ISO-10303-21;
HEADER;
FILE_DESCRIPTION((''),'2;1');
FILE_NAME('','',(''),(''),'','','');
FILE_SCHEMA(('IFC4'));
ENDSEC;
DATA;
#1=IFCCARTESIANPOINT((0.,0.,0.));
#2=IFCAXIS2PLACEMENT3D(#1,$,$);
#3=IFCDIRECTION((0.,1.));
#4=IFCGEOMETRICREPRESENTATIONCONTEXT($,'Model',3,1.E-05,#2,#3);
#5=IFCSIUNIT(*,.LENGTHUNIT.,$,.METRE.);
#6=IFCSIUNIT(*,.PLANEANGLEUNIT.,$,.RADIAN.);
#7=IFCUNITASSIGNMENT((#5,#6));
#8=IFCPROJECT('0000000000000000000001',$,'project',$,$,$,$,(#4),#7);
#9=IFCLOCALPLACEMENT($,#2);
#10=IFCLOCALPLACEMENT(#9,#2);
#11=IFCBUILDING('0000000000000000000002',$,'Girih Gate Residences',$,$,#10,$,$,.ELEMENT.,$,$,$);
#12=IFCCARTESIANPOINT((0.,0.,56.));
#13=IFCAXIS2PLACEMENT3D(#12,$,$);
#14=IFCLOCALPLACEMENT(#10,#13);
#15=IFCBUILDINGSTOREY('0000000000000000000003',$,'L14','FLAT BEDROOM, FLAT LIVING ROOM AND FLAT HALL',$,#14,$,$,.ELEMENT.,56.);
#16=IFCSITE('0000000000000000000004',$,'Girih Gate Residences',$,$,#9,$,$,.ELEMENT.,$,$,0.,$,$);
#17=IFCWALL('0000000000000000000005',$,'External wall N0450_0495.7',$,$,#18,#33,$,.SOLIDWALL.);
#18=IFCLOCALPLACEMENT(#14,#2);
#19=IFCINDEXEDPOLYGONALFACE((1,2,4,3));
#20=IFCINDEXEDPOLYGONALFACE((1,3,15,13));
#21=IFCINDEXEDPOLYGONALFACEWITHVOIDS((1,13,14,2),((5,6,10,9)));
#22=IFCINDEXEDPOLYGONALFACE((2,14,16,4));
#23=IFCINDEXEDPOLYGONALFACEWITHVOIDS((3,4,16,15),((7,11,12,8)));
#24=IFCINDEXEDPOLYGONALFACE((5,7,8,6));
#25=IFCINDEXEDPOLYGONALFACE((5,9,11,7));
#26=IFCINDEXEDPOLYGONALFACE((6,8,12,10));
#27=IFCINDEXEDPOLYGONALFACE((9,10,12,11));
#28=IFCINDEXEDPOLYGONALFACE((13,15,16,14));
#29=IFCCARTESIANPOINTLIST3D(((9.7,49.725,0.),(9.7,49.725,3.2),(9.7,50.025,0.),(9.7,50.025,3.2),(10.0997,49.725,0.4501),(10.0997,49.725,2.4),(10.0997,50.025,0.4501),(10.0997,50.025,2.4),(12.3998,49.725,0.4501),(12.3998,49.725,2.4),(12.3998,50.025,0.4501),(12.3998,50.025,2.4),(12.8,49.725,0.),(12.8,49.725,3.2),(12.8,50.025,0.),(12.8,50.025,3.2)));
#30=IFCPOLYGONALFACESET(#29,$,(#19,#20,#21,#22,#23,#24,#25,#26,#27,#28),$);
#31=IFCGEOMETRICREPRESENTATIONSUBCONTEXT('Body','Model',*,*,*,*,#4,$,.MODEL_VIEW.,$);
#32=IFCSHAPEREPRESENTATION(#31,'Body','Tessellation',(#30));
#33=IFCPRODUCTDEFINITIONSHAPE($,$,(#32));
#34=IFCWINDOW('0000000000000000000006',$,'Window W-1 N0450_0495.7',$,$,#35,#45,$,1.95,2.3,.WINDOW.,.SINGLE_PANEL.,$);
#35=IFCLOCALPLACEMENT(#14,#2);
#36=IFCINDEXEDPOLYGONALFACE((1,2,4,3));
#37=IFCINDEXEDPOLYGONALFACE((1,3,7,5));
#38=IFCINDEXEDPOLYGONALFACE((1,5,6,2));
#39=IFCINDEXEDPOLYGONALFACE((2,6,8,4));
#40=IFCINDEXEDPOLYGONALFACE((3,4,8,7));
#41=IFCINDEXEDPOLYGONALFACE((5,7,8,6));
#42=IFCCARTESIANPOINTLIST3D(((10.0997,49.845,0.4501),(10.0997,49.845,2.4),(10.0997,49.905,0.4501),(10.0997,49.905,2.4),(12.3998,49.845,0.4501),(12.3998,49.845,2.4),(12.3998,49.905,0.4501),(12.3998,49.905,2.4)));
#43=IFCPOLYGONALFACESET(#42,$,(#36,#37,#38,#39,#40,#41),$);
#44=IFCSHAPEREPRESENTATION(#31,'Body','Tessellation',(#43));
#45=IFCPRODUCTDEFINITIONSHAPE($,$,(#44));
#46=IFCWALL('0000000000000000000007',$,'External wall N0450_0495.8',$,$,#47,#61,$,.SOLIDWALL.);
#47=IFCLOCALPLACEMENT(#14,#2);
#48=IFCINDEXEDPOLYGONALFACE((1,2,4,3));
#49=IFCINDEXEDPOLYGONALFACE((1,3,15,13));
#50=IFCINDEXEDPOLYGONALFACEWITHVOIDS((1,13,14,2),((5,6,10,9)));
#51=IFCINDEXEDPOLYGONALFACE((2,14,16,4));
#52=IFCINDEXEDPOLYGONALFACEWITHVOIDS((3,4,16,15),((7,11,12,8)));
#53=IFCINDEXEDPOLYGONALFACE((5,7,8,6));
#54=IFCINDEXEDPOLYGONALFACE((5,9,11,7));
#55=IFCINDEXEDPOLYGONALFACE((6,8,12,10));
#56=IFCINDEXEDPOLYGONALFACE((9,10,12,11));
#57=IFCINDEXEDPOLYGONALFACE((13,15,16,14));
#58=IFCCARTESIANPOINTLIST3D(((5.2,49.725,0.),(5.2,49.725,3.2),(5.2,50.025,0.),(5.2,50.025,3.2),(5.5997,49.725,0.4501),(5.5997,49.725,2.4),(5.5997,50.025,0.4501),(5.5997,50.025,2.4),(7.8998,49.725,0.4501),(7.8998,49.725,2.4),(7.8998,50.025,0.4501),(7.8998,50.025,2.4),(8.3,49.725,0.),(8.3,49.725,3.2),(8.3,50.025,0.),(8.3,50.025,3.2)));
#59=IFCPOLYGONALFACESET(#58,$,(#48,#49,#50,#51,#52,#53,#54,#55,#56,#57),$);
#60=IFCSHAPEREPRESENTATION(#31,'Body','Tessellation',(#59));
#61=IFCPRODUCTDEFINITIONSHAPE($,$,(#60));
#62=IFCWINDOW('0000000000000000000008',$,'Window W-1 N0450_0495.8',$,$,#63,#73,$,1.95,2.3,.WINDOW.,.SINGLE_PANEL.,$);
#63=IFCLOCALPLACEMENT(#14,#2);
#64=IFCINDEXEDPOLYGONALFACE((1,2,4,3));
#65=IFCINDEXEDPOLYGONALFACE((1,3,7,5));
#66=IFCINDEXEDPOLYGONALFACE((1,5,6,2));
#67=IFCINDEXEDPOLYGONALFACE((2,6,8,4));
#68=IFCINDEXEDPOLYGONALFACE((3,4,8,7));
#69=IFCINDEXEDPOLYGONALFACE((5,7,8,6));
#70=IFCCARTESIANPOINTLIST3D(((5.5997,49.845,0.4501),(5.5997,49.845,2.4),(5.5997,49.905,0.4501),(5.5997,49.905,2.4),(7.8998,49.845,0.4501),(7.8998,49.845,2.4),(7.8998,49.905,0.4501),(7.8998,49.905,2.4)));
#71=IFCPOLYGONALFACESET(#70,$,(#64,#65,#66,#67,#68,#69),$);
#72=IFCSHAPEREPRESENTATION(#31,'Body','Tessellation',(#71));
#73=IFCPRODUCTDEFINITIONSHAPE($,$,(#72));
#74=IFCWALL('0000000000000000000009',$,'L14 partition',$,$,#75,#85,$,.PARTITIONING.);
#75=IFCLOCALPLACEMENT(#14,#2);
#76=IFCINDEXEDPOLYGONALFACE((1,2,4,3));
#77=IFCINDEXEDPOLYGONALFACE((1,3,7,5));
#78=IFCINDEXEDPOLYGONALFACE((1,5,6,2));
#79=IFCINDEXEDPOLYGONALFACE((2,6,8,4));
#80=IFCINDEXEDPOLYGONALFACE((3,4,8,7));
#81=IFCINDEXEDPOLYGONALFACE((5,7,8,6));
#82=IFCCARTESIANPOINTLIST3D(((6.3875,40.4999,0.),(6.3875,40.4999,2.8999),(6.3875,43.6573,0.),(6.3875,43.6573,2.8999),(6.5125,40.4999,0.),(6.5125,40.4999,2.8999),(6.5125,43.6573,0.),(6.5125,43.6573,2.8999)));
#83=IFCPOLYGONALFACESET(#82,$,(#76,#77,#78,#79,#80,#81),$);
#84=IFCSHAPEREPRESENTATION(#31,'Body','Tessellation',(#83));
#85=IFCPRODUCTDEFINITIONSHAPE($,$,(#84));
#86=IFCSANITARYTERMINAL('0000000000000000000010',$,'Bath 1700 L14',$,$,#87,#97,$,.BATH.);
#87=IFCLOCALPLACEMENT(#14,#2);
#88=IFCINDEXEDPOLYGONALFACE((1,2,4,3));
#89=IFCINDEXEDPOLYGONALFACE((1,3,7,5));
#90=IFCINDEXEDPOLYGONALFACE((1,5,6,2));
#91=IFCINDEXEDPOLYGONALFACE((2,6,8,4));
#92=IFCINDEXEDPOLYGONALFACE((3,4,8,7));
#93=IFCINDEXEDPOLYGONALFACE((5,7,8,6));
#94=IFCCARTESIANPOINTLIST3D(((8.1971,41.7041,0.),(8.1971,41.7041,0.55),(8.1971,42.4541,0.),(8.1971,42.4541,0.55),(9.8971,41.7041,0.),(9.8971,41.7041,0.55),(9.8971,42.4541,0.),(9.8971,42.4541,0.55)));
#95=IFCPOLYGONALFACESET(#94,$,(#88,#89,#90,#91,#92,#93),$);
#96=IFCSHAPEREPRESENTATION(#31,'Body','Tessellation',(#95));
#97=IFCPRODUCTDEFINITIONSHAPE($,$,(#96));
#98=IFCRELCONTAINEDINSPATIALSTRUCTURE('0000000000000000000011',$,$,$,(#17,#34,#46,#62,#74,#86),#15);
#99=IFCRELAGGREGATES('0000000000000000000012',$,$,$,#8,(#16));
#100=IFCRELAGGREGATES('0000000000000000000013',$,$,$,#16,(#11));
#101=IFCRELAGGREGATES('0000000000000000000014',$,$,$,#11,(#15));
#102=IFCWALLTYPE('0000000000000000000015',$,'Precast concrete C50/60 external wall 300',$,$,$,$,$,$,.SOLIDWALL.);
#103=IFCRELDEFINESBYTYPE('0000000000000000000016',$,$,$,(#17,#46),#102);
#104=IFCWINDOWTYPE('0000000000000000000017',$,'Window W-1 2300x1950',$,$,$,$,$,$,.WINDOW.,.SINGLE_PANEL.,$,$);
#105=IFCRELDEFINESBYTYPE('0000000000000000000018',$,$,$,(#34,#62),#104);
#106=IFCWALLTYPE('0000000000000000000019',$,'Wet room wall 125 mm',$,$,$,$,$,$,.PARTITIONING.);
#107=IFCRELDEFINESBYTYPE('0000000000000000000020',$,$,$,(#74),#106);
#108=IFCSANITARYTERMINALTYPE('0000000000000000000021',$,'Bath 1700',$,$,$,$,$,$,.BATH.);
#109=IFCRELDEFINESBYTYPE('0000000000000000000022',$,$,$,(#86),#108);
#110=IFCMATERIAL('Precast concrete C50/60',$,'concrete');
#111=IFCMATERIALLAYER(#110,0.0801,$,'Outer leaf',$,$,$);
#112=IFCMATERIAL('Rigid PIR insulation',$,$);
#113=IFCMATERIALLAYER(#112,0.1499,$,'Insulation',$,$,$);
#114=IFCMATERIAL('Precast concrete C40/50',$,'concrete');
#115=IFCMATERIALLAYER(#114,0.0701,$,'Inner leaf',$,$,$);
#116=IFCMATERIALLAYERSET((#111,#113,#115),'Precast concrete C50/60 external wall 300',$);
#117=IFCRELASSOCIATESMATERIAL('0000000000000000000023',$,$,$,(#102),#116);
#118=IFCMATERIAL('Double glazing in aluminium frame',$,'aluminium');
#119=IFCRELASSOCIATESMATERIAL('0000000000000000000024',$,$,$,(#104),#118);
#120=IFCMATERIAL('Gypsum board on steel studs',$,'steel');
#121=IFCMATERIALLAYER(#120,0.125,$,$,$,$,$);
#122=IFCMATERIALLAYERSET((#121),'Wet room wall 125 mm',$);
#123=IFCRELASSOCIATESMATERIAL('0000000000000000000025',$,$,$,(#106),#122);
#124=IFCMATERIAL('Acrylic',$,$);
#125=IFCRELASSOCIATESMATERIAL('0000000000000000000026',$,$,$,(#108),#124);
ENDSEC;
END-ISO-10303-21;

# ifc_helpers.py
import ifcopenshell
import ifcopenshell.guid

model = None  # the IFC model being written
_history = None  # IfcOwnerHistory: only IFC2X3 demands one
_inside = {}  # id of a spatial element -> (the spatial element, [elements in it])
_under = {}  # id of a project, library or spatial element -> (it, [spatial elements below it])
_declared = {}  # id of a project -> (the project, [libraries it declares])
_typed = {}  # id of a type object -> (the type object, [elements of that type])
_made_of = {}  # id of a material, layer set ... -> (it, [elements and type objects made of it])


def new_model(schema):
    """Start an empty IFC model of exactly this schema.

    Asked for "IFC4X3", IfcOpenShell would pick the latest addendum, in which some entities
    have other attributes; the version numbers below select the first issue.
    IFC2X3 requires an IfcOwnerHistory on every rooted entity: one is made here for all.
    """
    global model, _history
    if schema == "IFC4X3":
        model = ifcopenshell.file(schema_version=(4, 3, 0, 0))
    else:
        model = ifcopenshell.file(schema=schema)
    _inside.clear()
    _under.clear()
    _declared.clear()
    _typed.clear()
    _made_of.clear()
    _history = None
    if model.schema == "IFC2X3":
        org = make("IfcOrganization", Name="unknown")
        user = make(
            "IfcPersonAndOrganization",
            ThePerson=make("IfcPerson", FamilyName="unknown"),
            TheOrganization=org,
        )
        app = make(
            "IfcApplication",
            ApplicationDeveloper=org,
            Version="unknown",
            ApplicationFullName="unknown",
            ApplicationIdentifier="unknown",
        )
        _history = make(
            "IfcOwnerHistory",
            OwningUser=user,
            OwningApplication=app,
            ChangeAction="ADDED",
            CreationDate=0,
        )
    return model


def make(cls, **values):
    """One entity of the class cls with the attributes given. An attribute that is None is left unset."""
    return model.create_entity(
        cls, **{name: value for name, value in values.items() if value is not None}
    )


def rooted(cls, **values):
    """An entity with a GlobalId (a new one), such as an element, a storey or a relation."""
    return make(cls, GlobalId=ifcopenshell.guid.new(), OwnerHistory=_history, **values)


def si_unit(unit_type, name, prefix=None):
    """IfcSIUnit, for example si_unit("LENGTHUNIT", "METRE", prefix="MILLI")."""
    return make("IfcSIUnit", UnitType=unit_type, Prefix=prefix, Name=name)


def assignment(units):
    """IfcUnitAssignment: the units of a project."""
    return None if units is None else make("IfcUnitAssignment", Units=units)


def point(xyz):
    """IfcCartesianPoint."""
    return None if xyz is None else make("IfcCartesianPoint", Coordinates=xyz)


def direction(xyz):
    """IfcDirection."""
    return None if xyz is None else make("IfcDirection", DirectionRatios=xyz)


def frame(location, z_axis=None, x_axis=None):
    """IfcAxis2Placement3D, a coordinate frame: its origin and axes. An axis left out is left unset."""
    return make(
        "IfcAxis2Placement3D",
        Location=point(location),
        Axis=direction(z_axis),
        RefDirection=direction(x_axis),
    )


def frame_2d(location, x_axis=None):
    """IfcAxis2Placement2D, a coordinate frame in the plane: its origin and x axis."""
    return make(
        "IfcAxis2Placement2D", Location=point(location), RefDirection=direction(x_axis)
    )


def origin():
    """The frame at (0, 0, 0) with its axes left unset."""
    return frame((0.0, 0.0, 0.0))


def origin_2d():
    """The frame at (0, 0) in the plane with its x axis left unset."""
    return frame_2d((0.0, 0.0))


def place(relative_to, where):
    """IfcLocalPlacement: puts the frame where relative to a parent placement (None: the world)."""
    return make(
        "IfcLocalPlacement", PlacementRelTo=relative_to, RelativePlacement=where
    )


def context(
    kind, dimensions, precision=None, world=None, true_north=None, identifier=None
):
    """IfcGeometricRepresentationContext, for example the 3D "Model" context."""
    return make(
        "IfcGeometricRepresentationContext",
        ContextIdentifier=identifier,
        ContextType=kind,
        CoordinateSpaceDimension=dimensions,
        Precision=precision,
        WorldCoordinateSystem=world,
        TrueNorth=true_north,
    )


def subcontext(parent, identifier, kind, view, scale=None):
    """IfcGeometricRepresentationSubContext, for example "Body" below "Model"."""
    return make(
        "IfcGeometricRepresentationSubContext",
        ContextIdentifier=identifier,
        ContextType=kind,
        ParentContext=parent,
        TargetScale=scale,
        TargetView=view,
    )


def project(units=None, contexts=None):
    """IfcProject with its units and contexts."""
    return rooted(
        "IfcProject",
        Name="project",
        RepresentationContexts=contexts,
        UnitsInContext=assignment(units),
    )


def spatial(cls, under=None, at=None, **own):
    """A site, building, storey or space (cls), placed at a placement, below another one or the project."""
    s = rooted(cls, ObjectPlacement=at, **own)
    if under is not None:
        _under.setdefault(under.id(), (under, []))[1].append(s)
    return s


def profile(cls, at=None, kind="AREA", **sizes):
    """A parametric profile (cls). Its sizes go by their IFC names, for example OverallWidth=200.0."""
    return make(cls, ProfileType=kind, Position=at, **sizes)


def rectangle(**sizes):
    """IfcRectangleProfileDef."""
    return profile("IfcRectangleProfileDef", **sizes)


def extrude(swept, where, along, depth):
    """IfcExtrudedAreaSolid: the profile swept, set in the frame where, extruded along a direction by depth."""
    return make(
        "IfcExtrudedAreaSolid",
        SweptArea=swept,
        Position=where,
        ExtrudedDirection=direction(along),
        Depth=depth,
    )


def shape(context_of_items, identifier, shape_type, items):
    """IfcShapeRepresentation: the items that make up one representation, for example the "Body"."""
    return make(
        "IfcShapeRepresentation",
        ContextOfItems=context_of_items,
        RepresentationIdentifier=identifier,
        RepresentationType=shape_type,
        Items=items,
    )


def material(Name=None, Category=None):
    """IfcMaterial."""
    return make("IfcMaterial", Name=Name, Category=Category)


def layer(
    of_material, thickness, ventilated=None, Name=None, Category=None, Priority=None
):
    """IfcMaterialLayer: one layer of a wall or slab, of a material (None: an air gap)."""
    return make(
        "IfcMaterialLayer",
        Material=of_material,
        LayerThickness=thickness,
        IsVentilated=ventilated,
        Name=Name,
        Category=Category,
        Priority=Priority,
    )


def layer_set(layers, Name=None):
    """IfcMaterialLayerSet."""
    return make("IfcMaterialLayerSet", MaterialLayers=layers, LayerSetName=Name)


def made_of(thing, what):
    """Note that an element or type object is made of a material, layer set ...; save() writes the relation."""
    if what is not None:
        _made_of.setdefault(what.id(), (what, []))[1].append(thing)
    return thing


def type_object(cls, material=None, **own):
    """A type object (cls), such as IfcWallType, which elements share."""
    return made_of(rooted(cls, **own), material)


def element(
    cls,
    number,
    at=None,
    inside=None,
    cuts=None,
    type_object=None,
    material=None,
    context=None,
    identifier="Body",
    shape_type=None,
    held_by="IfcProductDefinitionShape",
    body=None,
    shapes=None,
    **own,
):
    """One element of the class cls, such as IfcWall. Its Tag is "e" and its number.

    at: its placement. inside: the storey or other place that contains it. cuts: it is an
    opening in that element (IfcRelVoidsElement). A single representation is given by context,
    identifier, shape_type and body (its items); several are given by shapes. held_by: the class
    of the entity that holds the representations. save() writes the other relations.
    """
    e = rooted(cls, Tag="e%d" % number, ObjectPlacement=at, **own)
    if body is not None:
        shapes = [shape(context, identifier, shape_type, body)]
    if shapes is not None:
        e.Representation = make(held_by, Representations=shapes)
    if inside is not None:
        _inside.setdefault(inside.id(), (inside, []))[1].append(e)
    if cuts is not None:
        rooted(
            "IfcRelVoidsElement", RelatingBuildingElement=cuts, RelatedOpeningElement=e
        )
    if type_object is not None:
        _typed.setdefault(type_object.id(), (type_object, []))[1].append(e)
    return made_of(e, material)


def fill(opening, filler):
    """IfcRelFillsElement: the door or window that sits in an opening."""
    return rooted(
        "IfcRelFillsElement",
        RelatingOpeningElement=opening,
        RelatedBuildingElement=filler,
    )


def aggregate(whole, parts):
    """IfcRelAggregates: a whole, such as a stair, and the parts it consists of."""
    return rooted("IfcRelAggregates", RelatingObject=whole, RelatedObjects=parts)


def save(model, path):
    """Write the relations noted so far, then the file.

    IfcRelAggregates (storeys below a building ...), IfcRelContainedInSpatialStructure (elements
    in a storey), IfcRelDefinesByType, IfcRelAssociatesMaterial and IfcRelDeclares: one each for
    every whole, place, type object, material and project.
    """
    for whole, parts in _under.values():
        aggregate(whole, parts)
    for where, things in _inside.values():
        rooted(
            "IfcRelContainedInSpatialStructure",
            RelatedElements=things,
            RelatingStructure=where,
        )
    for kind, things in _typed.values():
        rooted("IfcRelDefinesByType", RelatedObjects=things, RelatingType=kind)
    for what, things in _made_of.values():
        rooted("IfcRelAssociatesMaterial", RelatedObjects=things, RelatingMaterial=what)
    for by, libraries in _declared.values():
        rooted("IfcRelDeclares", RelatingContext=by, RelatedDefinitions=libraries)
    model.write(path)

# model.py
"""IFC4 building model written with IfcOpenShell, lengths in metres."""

from ifc_helpers import new_model, si_unit, direction, frame, frame_2d, origin, origin_2d, place, context, subcontext, project, spatial, rectangle, extrude, material, layer, layer_set, type_object, element, fill, save


model = new_model("IFC4")

# Units and contexts
model_context = context("Model", 3, precision=1e-05, world=origin(), true_north=direction((0.0, 1.0)))
body_context = subcontext(model_context, "Body", "Model", "MODEL_VIEW")
ifc_project = project(units=[si_unit("LENGTHUNIT", "METRE"), si_unit("PLANEANGLEUNIT", "RADIAN")], contexts=[model_context])

# Site, building, storey
site_placement = place(None, origin())
site = spatial("IfcSite", under=ifc_project, at=site_placement, Name="Girih Gate Residences", CompositionType="ELEMENT", RefElevation=0.0)
building_placement = place(site_placement, origin())
building = spatial("IfcBuilding", under=site, at=building_placement, Name="Girih Gate Residences", CompositionType="ELEMENT")
storey_placement = place(building_placement, frame((0.0, 0.0, 56.0)))
storey = spatial("IfcBuildingStorey", under=building, at=storey_placement, Name="L14", Description="FLAT BEDROOM, FLAT LIVING ROOM AND FLAT HALL", CompositionType="ELEMENT", Elevation=56.0)

# Shared definitions
ifc_material_1 = material(Name="Gypsum board on steel studs", Category="steel")

# Walls, openings, windows
ifc_material_2 = material(Name="Precast concrete C50/60", Category="concrete")
ifc_layer_1 = layer(ifc_material_2, 0.0801, Name="Outer leaf")
ifc_material_3 = material(Name="Rigid PIR insulation")
ifc_layer_2 = layer(ifc_material_3, 0.1499, Name="Insulation")
ifc_material_4 = material(Name="Precast concrete C40/50", Category="concrete")
ifc_layer_3 = layer(ifc_material_4, 0.0701, Name="Inner leaf")
ifc_layer_set_1 = layer_set([ifc_layer_1, ifc_layer_2, ifc_layer_3], Name="Precast concrete C50/60 external wall 300")
wall_type_1 = type_object("IfcWallType", Name="Precast concrete C50/60 external wall 300", PredefinedType="SOLIDWALL", material=ifc_layer_set_1)
wall_1_placement = place(storey_placement, frame((9.7, 49.875, 0.0), z_axis=(0.0, 0.0, 1.0), x_axis=(1.0, 0.0, 0.0)))
wall_1 = element("IfcWall", 1, at=wall_1_placement, inside=storey, type_object=wall_type_1, Name="External wall N0450_0495.7", PredefinedType="SOLIDWALL", context=body_context, shape_type="SweptSolid", body=[
    extrude(rectangle(XDim=3.1001, YDim=0.3, at=frame_2d((1.55, 0.0))), origin(), (0.0, 0.0, 1.0), 3.2),
])
opening_1_placement = place(wall_1_placement, frame((0.3999, 0.0, 0.45)))
opening_1 = element("IfcOpeningElement", 2, at=opening_1_placement, cuts=wall_1, PredefinedType="OPENING", context=body_context, shape_type="SweptSolid", body=[
    extrude(rectangle(XDim=2.3, YDim=1.95, at=frame_2d((1.1499, 0.9751))), frame((0.0, 0.1599, 0.0), z_axis=(0.0, -1.0, 0.0), x_axis=(1.0, 0.0, 0.0)), (0.0, 0.0, 1.0), 0.3201),
])
ifc_material_5 = material(Name="Double glazing in aluminium frame", Category="aluminium")
window_type = type_object("IfcWindowType", Name="Window W-1 2300x1950", PartitioningType="SINGLE_PANEL", PredefinedType="WINDOW", material=ifc_material_5)
window_1_placement = place(opening_1_placement, origin())
window_1 = element("IfcWindow", 3, at=window_1_placement, inside=storey, type_object=window_type, Name="Window W-1 N0450_0495.7", OverallHeight=1.95, OverallWidth=2.3, PartitioningType="SINGLE_PANEL", PredefinedType="WINDOW", context=body_context, shape_type="SweptSolid", body=[
    extrude(rectangle(XDim=2.3, YDim=1.95, at=frame_2d((1.1499, 0.9751))), frame((0.0, 0.03, 0.0), z_axis=(0.0, -1.0, 0.0), x_axis=(1.0, 0.0, 0.0)), (0.0, 0.0, 1.0), 0.0601),
])
fill(opening_1, window_1)
wall_2_placement = place(storey_placement, frame((5.2, 49.875, 0.0), z_axis=(0.0, 0.0, 1.0), x_axis=(1.0, 0.0, 0.0)))
wall_2 = element("IfcWall", 4, at=wall_2_placement, inside=storey, type_object=wall_type_1, Name="External wall N0450_0495.8", PredefinedType="SOLIDWALL", context=body_context, shape_type="SweptSolid", body=[
    extrude(rectangle(XDim=3.1001, YDim=0.3, at=frame_2d((1.55, 0.0))), origin(), (0.0, 0.0, 1.0), 3.2),
])
opening_2_placement = place(wall_2_placement, frame((0.3999, 0.0, 0.45)))
opening_2 = element("IfcOpeningElement", 5, at=opening_2_placement, cuts=wall_2, PredefinedType="OPENING", context=body_context, shape_type="SweptSolid", body=[
    extrude(rectangle(XDim=2.3, YDim=1.95, at=frame_2d((1.1499, 0.9751))), frame((0.0, 0.1599, 0.0), z_axis=(0.0, -1.0, 0.0), x_axis=(1.0, 0.0, 0.0)), (0.0, 0.0, 1.0), 0.3201),
])
window_2_placement = place(opening_2_placement, origin())
window_2 = element("IfcWindow", 6, at=window_2_placement, inside=storey, type_object=window_type, Name="Window W-1 N0450_0495.8", OverallHeight=1.95, OverallWidth=2.3, PartitioningType="SINGLE_PANEL", PredefinedType="WINDOW", context=body_context, shape_type="SweptSolid", body=[
    extrude(rectangle(XDim=2.3, YDim=1.95, at=frame_2d((1.1499, 0.9751))), frame((0.0, 0.03, 0.0), z_axis=(0.0, -1.0, 0.0), x_axis=(1.0, 0.0, 0.0)), (0.0, 0.0, 1.0), 0.0601),
])
fill(opening_2, window_2)

# Wall
ifc_layer_4 = layer(ifc_material_1, 0.125)
ifc_layer_set_2 = layer_set([ifc_layer_4], Name="Wet room wall 125 mm")
wall_type_2 = type_object("IfcWallType", Name="Wet room wall 125 mm", PredefinedType="PARTITIONING", material=ifc_layer_set_2)
wall_3_placement = place(storey_placement, frame((6.45, 40.5, 0.0), z_axis=(0.0, 0.0, 1.0), x_axis=(0.0, 1.0, 0.0)))
element("IfcWall", 7, at=wall_3_placement, inside=storey, type_object=wall_type_2, Name="L14 partition", PredefinedType="PARTITIONING", context=body_context, shape_type="SweptSolid", body=[
    extrude(rectangle(XDim=3.1575, YDim=0.125, at=frame_2d((1.5786, 0.0))), origin(), (0.0, 0.0, 1.0), 2.8999),
])

# Sanitary terminal
ifc_material_6 = material(Name="Acrylic")
sanitary_terminal_type = type_object("IfcSanitaryTerminalType", Name="Bath 1700", PredefinedType="BATH", material=ifc_material_6)
sanitary_terminal_placement = place(storey_placement, frame((9.0471, 42.0791, 0.0), z_axis=(0.0, 0.0, 1.0), x_axis=(1.0, 0.0, 0.0)))
element("IfcSanitaryTerminal", 8, at=sanitary_terminal_placement, inside=storey, type_object=sanitary_terminal_type, Name="Bath 1700 L14", PredefinedType="BATH", context=body_context, shape_type="SweptSolid", body=[
    extrude(rectangle(XDim=1.7, YDim=0.75, at=origin_2d()), origin(), (0.0, 0.0, 1.0), 0.55),
])

save(model, "model.ifc")
